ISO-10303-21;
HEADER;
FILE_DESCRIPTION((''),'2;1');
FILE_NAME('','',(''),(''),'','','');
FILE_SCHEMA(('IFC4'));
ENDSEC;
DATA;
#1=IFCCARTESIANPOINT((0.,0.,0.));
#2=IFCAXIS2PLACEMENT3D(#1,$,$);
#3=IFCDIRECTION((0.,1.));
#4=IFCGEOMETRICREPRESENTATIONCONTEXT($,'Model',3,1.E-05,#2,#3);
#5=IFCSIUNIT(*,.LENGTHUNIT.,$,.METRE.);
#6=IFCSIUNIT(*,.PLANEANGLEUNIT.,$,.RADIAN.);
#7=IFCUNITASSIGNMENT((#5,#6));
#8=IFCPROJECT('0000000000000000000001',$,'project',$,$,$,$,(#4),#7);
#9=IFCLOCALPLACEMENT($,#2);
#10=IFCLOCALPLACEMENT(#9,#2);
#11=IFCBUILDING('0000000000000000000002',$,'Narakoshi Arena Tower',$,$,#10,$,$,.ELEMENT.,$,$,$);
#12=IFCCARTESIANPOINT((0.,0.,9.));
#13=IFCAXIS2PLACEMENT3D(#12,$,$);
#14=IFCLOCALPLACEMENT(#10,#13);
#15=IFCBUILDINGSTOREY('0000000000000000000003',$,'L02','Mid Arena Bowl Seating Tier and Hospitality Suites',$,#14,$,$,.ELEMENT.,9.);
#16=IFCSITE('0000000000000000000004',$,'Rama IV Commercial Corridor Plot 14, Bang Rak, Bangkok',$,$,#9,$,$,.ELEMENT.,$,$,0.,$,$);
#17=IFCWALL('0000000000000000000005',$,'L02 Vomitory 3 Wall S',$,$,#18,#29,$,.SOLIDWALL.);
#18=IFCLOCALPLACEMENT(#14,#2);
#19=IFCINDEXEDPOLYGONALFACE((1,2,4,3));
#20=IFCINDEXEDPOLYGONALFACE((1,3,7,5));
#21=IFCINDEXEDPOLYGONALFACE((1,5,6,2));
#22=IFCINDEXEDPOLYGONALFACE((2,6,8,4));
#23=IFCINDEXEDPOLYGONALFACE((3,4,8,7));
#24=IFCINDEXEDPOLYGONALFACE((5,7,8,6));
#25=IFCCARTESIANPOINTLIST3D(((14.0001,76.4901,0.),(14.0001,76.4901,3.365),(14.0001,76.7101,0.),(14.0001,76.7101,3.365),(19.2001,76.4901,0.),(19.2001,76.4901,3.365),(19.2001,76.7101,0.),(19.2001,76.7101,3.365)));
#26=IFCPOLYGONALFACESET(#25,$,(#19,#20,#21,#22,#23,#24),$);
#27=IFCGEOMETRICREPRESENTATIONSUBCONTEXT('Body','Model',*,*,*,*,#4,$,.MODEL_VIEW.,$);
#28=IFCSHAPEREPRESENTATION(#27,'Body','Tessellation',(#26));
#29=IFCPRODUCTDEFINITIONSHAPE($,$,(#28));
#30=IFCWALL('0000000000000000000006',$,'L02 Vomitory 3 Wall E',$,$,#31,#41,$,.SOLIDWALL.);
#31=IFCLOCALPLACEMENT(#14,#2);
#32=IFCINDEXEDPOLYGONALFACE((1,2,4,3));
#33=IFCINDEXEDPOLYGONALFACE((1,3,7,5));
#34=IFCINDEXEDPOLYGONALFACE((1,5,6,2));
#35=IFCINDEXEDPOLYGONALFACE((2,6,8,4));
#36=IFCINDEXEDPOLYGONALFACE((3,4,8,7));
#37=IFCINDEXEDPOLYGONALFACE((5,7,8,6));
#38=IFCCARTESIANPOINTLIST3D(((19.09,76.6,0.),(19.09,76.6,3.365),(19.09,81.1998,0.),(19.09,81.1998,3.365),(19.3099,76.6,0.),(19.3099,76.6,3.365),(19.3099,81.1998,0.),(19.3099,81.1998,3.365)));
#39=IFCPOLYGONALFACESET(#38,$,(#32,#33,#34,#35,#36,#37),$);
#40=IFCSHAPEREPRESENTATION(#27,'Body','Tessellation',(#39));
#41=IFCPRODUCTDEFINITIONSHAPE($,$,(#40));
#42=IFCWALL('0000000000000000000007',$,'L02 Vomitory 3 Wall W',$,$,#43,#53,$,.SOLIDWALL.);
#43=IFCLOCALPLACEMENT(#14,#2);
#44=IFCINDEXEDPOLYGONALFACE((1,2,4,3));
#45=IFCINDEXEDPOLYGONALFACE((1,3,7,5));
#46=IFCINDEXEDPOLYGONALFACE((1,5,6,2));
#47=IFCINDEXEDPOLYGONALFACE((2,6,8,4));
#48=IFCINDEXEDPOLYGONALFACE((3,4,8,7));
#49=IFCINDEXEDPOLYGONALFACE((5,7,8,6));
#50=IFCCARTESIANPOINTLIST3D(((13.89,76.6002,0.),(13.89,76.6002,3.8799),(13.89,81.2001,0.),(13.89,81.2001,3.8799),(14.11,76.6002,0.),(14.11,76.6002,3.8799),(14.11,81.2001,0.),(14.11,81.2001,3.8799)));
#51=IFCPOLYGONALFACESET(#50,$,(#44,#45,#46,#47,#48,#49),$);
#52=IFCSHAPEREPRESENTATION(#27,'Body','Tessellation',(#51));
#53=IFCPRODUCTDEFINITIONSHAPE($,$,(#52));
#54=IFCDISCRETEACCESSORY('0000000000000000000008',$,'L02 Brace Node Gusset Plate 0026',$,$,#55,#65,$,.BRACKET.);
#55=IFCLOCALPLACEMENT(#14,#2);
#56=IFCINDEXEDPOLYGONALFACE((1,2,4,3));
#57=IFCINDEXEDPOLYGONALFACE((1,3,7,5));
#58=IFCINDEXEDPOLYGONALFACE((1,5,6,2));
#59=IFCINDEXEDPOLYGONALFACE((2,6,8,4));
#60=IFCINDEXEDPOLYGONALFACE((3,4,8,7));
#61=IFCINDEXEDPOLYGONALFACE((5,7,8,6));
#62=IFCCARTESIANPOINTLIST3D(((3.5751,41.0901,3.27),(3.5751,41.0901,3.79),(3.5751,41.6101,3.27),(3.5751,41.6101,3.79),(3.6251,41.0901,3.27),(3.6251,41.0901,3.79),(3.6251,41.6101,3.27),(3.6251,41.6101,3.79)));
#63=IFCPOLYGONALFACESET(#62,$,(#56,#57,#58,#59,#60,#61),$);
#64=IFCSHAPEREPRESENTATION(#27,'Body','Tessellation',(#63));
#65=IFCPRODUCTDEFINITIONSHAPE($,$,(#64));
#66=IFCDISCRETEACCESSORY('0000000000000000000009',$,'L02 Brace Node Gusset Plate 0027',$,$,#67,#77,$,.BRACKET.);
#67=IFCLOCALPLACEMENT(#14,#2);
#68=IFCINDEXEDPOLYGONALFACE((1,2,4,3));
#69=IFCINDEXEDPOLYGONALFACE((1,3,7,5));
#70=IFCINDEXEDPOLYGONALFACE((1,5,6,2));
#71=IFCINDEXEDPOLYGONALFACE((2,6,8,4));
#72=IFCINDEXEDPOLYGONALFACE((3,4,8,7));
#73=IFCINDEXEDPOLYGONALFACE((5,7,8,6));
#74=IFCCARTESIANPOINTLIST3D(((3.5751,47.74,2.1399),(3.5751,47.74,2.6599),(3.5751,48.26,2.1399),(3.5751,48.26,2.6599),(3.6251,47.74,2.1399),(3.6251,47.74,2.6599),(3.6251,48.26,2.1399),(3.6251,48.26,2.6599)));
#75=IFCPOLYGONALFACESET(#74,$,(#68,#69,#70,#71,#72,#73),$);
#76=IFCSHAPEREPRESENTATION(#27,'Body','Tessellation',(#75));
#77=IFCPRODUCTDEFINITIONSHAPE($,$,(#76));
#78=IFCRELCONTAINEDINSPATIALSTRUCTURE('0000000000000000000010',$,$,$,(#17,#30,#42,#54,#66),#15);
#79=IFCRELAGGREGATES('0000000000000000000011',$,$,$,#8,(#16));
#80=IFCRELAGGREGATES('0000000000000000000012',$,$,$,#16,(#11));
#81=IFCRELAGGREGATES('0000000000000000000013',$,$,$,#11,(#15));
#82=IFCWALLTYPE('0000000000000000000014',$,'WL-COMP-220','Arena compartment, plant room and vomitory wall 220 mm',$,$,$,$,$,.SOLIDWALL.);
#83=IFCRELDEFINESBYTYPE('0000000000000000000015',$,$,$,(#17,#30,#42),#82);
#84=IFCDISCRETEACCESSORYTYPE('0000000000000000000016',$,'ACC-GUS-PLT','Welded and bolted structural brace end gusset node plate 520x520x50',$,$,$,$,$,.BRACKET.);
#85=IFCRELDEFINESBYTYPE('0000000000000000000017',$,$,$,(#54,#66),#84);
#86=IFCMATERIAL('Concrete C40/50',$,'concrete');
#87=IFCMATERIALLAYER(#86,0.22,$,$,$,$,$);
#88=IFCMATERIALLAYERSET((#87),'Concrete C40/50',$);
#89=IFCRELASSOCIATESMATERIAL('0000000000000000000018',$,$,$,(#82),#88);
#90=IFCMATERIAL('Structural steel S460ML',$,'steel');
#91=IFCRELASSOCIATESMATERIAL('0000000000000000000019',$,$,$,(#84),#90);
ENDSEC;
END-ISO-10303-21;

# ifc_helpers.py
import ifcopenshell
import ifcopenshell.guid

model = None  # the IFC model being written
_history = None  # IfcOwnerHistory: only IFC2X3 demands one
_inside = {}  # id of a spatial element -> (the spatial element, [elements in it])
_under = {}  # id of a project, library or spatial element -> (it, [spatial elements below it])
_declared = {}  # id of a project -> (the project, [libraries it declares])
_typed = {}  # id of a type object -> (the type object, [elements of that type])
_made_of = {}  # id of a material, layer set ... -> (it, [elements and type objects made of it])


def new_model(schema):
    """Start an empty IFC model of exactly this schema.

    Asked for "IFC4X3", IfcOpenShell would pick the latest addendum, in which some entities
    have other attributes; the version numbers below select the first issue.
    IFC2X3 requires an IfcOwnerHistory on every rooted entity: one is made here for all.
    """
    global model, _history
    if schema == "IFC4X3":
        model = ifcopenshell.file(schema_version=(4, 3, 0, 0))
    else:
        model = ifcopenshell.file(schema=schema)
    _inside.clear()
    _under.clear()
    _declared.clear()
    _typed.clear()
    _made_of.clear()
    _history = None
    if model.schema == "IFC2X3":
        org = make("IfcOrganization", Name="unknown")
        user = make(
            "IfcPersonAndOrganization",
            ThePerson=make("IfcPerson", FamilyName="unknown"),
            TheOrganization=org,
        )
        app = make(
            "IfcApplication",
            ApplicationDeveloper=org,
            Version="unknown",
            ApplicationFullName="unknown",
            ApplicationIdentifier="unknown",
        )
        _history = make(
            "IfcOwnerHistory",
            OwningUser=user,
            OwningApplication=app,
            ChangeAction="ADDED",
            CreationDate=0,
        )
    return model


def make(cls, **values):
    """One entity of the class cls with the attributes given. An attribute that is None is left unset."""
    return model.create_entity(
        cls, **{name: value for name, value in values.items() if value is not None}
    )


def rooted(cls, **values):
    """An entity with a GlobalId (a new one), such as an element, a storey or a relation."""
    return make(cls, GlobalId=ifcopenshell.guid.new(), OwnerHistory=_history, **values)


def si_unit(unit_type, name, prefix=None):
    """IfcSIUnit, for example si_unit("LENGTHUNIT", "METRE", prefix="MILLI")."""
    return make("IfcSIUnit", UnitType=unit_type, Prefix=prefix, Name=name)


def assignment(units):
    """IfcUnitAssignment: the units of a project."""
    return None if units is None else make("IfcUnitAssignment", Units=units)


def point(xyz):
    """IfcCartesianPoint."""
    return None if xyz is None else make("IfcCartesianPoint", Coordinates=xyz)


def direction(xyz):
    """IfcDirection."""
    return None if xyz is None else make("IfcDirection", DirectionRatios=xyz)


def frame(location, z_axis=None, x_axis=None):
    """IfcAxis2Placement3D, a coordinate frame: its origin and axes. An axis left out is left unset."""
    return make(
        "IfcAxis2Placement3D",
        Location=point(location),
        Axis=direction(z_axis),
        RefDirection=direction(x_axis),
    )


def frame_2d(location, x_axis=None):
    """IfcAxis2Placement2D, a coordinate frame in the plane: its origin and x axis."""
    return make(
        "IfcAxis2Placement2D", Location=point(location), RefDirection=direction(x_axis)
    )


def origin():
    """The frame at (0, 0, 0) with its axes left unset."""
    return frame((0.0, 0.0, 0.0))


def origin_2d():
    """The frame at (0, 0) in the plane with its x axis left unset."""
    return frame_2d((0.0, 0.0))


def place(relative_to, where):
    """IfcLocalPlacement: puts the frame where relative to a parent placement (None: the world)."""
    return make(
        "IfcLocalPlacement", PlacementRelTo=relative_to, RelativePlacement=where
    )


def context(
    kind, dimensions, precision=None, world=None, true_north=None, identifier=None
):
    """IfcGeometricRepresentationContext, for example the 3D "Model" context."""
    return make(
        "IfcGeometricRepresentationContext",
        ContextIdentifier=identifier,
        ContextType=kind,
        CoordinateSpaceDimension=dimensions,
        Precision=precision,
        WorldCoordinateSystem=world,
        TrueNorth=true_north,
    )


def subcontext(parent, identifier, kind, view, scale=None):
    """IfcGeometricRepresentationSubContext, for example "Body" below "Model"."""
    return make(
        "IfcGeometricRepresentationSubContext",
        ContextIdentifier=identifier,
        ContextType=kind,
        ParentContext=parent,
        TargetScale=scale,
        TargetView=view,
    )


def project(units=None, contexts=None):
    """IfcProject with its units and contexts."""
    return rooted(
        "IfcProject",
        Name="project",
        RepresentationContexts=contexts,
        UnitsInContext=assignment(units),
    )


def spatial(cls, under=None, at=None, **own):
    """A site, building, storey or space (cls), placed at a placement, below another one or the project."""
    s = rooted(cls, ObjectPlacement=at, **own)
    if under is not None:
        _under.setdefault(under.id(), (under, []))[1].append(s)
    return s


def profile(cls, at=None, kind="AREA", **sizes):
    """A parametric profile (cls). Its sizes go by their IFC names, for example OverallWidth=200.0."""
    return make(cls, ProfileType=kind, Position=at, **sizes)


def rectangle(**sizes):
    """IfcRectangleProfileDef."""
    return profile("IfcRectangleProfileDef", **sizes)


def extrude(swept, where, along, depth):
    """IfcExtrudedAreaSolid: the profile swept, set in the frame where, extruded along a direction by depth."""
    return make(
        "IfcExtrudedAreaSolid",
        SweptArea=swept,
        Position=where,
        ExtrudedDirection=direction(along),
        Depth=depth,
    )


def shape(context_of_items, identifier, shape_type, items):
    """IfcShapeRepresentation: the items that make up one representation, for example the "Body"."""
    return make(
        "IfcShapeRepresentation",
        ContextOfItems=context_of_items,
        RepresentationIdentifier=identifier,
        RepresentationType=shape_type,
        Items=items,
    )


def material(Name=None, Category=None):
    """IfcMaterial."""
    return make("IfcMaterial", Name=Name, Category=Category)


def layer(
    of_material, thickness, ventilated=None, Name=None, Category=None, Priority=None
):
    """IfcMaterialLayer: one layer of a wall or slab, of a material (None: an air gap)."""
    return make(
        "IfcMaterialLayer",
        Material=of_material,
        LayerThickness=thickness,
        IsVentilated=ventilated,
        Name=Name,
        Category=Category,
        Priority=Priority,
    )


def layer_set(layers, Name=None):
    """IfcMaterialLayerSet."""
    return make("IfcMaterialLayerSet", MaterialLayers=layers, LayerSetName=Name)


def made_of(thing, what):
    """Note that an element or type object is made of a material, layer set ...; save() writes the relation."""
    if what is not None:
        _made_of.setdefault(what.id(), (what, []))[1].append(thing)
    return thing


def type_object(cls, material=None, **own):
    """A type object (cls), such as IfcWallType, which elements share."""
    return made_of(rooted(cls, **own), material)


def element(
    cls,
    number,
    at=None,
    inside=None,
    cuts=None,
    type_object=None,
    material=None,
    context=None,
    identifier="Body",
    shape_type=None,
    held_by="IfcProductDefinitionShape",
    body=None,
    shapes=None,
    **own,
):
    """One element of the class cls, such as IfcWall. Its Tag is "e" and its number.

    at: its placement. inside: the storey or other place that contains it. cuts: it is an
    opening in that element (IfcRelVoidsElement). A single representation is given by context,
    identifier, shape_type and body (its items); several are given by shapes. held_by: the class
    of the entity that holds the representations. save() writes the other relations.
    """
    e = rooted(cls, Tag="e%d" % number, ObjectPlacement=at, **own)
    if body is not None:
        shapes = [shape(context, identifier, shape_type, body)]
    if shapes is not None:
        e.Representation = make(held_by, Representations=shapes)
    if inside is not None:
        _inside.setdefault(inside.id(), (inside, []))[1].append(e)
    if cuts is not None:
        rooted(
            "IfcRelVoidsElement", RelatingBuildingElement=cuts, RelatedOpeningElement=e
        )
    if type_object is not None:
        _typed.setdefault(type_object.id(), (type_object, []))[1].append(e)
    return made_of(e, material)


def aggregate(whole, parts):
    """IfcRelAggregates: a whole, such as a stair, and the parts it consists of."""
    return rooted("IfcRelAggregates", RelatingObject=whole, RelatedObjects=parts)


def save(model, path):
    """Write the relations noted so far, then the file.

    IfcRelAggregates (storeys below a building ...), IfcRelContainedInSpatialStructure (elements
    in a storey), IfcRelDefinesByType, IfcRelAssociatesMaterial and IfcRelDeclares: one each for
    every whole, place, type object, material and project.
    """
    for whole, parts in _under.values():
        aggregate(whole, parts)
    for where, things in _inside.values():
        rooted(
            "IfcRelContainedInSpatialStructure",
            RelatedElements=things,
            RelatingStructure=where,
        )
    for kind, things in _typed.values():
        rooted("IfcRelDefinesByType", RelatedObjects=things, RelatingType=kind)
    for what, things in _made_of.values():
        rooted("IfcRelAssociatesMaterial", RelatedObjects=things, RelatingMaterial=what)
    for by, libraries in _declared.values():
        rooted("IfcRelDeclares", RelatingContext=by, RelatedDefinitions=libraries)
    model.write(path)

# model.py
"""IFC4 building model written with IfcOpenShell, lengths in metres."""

from ifc_helpers import new_model, si_unit, direction, frame, frame_2d, origin, origin_2d, place, context, subcontext, project, spatial, rectangle, extrude, material, layer, layer_set, type_object, element, save


model = new_model("IFC4")

# Units and contexts
model_context = context("Model", 3, precision=1e-05, world=origin(), true_north=direction((0.0, 1.0)))
body_context = subcontext(model_context, "Body", "Model", "MODEL_VIEW")
ifc_project = project(units=[si_unit("LENGTHUNIT", "METRE"), si_unit("PLANEANGLEUNIT", "RADIAN")], contexts=[model_context])

# Site, building, storey
site_placement = place(None, origin())
site = spatial("IfcSite", under=ifc_project, at=site_placement, Name="Rama IV Commercial Corridor Plot 14, Bang Rak, Bangkok", CompositionType="ELEMENT", RefElevation=0.0)
building_placement = place(site_placement, origin())
building = spatial("IfcBuilding", under=site, at=building_placement, Name="Narakoshi Arena Tower", CompositionType="ELEMENT")
storey_placement = place(building_placement, frame((0.0, 0.0, 9.0)))
storey = spatial("IfcBuildingStorey", under=building, at=storey_placement, Name="L02", Description="Mid Arena Bowl Seating Tier and Hospitality Suites", CompositionType="ELEMENT", Elevation=9.0)

# Walls
ifc_material_1 = material(Name="Concrete C40/50", Category="concrete")
ifc_layer = layer(ifc_material_1, 0.22)
ifc_layer_set = layer_set([ifc_layer], Name="Concrete C40/50")
wall_type = type_object("IfcWallType", Name="WL-COMP-220", Description="Arena compartment, plant room and vomitory wall 220 mm", PredefinedType="SOLIDWALL", material=ifc_layer_set)
wall_1_placement = place(storey_placement, frame((14.0, 76.6001, 0.0), z_axis=(0.0, 0.0, 1.0), x_axis=(1.0, 0.0, 0.0)))
element("IfcWall", 1, at=wall_1_placement, inside=storey, type_object=wall_type, Name="L02 Vomitory 3 Wall S", PredefinedType="SOLIDWALL", context=body_context, shape_type="SweptSolid", body=[
    extrude(rectangle(XDim=5.2, YDim=0.22, at=frame_2d((2.6001, 0.0))), origin(), (0.0, 0.0, 1.0), 3.365),
])
wall_2_placement = place(storey_placement, frame((19.2, 76.6001, 0.0), z_axis=(0.0, 0.0, 1.0), x_axis=(0.0, 1.0, 0.0)))
element("IfcWall", 2, at=wall_2_placement, inside=storey, type_object=wall_type, Name="L02 Vomitory 3 Wall E", PredefinedType="SOLIDWALL", context=body_context, shape_type="SweptSolid", body=[
    extrude(rectangle(XDim=4.5999, YDim=0.22, at=frame_2d((2.2998, 0.0))), origin(), (0.0, 0.0, 1.0), 3.365),
])

# Wall
wall_3_placement = place(storey_placement, frame((14.0, 81.2, 0.0), z_axis=(0.0, 0.0, 1.0), x_axis=(0.0, -1.0, 0.0)))
element("IfcWall", 3, at=wall_3_placement, inside=storey, type_object=wall_type, Name="L02 Vomitory 3 Wall W", PredefinedType="SOLIDWALL", context=body_context, shape_type="SweptSolid", body=[
    extrude(rectangle(XDim=4.5999, YDim=0.22, at=frame_2d((2.2998, 0.0))), origin(), (0.0, 0.0, 1.0), 3.8799),
])

# Discrete accessories
ifc_material_2 = material(Name="Structural steel S460ML", Category="steel")
discrete_accessory_type = type_object("IfcDiscreteAccessoryType", Name="ACC-GUS-PLT", Description="Welded and bolted structural brace end gusset node plate 520x520x50", PredefinedType="BRACKET", material=ifc_material_2)
for number, where, z_axis, x_axis, name in (
    (4, (3.6001, 41.3501, 3.27), (0.0, 0.0, 1.0), (0.0, 1.0, 0.0), "L02 Brace Node Gusset Plate 0026"),
    (5, (3.6001, 48.0, 2.1399), (0.0, 0.0, 1.0), (0.0, 1.0, 0.0), "L02 Brace Node Gusset Plate 0027"),
):
    element("IfcDiscreteAccessory", number, at=place(storey_placement, frame(where, z_axis=z_axis, x_axis=x_axis)), inside=storey, type_object=discrete_accessory_type, Name=name, PredefinedType="BRACKET", context=body_context, shape_type="SweptSolid", body=[
        extrude(rectangle(XDim=0.52, YDim=0.05, at=origin_2d()), origin(), (0.0, 0.0, 1.0), 0.52),
    ])

save(model, "model.ifc")
